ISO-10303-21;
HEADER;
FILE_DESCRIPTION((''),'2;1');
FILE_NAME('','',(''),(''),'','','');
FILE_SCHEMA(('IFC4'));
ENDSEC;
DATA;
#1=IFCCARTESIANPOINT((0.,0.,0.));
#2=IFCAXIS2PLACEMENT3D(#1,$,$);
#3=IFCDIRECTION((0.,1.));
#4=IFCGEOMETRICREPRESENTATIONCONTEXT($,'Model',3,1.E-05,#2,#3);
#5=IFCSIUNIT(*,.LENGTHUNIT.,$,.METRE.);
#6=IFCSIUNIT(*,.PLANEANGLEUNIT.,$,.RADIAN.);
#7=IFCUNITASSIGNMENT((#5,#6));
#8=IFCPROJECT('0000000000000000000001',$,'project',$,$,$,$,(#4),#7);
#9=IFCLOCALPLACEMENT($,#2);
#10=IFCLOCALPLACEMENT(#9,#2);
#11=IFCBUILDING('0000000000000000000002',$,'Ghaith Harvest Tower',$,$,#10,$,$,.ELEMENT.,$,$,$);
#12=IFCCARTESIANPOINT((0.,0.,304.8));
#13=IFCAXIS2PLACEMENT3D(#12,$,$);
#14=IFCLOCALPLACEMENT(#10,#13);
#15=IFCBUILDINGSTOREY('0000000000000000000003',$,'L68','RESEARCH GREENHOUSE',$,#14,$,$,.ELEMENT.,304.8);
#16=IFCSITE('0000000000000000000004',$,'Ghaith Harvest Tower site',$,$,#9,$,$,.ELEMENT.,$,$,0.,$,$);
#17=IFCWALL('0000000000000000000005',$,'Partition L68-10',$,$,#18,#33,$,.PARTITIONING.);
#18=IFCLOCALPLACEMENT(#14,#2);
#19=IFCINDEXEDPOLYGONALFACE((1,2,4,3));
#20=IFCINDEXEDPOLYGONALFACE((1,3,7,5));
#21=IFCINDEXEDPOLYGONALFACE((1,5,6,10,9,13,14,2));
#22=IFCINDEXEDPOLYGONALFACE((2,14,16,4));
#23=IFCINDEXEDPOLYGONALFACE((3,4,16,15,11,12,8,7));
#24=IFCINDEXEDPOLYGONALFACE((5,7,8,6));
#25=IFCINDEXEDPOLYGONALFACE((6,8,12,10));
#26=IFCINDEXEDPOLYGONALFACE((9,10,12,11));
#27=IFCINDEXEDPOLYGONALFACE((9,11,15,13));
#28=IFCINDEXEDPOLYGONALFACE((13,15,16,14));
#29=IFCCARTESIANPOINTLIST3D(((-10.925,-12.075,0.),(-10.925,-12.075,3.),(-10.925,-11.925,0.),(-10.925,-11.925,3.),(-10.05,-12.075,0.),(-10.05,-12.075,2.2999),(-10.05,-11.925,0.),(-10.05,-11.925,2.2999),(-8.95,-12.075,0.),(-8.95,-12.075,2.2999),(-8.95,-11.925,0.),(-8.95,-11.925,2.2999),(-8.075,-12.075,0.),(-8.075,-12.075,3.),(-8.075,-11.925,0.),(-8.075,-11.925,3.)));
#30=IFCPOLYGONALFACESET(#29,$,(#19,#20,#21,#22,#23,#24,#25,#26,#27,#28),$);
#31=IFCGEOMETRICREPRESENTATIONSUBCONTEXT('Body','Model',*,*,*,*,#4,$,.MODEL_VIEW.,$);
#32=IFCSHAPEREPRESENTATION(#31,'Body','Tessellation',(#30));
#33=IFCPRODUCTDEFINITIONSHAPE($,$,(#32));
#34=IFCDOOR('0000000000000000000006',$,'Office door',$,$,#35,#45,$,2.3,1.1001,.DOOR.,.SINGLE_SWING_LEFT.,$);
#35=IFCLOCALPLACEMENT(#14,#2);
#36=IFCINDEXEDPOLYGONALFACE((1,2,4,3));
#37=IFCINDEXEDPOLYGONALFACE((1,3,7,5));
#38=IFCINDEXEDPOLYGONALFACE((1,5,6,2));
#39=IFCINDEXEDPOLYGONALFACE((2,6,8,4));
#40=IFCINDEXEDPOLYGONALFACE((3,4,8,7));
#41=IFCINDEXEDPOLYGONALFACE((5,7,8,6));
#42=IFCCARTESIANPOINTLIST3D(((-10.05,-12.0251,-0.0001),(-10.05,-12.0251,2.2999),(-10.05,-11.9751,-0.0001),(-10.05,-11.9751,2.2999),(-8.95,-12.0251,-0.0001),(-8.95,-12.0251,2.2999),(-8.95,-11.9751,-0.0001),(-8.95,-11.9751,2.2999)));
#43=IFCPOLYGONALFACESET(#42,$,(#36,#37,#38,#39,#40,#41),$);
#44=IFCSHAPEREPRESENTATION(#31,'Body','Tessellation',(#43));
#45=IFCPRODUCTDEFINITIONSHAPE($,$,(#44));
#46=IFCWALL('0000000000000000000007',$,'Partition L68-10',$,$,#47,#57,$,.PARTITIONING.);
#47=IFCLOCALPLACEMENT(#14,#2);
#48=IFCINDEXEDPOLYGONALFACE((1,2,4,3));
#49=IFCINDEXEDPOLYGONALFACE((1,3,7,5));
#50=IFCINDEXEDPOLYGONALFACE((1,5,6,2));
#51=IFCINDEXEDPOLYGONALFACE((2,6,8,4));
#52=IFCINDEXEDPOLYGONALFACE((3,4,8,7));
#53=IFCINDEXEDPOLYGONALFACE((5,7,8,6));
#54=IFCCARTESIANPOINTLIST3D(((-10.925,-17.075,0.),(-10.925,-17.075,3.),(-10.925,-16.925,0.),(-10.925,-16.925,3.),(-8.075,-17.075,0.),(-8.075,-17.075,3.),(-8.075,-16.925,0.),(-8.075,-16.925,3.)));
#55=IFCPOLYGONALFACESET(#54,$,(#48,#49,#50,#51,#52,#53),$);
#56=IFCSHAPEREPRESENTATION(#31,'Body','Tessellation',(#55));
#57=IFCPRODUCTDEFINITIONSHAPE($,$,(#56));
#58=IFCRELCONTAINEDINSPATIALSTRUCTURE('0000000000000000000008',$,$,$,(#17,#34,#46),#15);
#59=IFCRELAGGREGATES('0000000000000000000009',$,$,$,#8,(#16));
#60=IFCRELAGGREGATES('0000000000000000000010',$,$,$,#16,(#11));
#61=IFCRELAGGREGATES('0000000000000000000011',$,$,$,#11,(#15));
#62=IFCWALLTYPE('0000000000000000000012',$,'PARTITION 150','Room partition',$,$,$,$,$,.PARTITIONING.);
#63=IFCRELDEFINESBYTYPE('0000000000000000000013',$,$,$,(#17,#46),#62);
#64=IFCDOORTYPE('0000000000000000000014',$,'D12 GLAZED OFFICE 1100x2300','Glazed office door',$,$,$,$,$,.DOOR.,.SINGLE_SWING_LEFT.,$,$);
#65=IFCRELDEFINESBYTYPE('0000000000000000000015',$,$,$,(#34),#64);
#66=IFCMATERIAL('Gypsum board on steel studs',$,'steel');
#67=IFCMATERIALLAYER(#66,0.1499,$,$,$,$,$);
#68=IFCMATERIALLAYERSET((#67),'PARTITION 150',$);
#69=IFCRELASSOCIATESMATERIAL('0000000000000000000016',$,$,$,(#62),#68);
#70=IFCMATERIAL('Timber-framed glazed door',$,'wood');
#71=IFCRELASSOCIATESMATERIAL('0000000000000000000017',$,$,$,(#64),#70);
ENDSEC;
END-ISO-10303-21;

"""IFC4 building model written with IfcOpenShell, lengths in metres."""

from ifc_helpers import new_model, si_unit, direction, frame, frame_2d, origin, place, context, subcontext, project, spatial, rectangle, extrude, material, layer, layer_set, type_object, element, fill, save


model = new_model("IFC4")

# Units and contexts
model_context = context("Model", 3, precision=1e-05, world=origin(), true_north=direction((0.0, 1.0)))
body_context = subcontext(model_context, "Body", "Model", "MODEL_VIEW")
ifc_project = project(units=[si_unit("LENGTHUNIT", "METRE"), si_unit("PLANEANGLEUNIT", "RADIAN")], contexts=[model_context])

# Site, building, storey
site_placement = place(None, origin())
site = spatial("IfcSite", under=ifc_project, at=site_placement, Name="Ghaith Harvest Tower site", CompositionType="ELEMENT", RefElevation=0.0)
building_placement = place(site_placement, origin())
building = spatial("IfcBuilding", under=site, at=building_placement, Name="Ghaith Harvest Tower", CompositionType="ELEMENT")
storey_placement = place(building_placement, frame((0.0, 0.0, 304.8)))
storey = spatial("IfcBuildingStorey", under=building, at=storey_placement, Name="L68", Description="RESEARCH GREENHOUSE", CompositionType="ELEMENT", Elevation=304.8)

# Shared definitions
ifc_material_1 = material(Name="Gypsum board on steel studs", Category="steel")
ifc_layer_1 = layer(ifc_material_1, 0.1499)
ifc_layer_set_1 = layer_set([ifc_layer_1], Name="PARTITION 150")
wall_type = type_object("IfcWallType", Name="PARTITION 150", Description="Room partition", PredefinedType="PARTITIONING", material=ifc_layer_set_1)

# Wall, opening, door
wall_1_placement = place(storey_placement, frame((-10.925, -12.0, 0.0), z_axis=(0.0, 0.0, 1.0), x_axis=(1.0, 0.0, 0.0)))
wall_1 = element("IfcWall", 1, at=wall_1_placement, inside=storey, type_object=wall_type, Name="Partition L68-10", PredefinedType="PARTITIONING", context=body_context, shape_type="SweptSolid", body=[
    extrude(rectangle(XDim=2.8501, YDim=0.1499, at=frame_2d((1.425, 0.0))), origin(), (0.0, 0.0, 1.0), 3.0),
])
opening_1_placement = place(wall_1_placement, frame((0.875, 0.0, 0.0)))
opening_1 = element("IfcOpeningElement", 2, at=opening_1_placement, cuts=wall_1, PredefinedType="OPENING", context=body_context, shape_type="SweptSolid", body=[
    extrude(rectangle(XDim=1.1001, YDim=2.3, at=frame_2d((0.55, 1.1499))), frame((0.0, 0.085, 0.0), z_axis=(0.0, -1.0, 0.0), x_axis=(1.0, 0.0, 0.0)), (0.0, 0.0, 1.0), 0.1699),
])
ifc_material_2 = material(Name="Timber-framed glazed door", Category="wood")
door_type_1 = type_object("IfcDoorType", Name="D12 GLAZED OFFICE 1100x2300", Description="Glazed office door", OperationType="SINGLE_SWING_LEFT", PredefinedType="DOOR", material=ifc_material_2)
door_1_placement = place(opening_1_placement, origin())
door_1 = element("IfcDoor", 3, at=door_1_placement, inside=storey, type_object=door_type_1, Name="Office door", OperationType="SINGLE_SWING_LEFT", OverallHeight=2.3, OverallWidth=1.1001, PredefinedType="DOOR", context=body_context, shape_type="SweptSolid", body=[
    extrude(rectangle(XDim=1.1001, YDim=2.3, at=frame_2d((0.55, 1.1499))), frame((0.0, 0.0249, 0.0), z_axis=(0.0, -1.0, 0.0), x_axis=(1.0, 0.0, 0.0)), (0.0, 0.0, 1.0), 0.05),
])
fill(opening_1, door_1)

# Wall
wall_2_placement = place(storey_placement, frame((-10.925, -17.0, 0.0), z_axis=(0.0, 0.0, 1.0), x_axis=(1.0, 0.0, 0.0)))
element("IfcWall", 4, at=wall_2_placement, inside=storey, type_object=wall_type, Name="Partition L68-10", PredefinedType="PARTITIONING", context=body_context, shape_type="SweptSolid", body=[
    extrude(rectangle(XDim=2.8501, YDim=0.1499, at=frame_2d((1.425, 0.0))), origin(), (0.0, 0.0, 1.0), 3.0),
])

save(model, "model.ifc")
